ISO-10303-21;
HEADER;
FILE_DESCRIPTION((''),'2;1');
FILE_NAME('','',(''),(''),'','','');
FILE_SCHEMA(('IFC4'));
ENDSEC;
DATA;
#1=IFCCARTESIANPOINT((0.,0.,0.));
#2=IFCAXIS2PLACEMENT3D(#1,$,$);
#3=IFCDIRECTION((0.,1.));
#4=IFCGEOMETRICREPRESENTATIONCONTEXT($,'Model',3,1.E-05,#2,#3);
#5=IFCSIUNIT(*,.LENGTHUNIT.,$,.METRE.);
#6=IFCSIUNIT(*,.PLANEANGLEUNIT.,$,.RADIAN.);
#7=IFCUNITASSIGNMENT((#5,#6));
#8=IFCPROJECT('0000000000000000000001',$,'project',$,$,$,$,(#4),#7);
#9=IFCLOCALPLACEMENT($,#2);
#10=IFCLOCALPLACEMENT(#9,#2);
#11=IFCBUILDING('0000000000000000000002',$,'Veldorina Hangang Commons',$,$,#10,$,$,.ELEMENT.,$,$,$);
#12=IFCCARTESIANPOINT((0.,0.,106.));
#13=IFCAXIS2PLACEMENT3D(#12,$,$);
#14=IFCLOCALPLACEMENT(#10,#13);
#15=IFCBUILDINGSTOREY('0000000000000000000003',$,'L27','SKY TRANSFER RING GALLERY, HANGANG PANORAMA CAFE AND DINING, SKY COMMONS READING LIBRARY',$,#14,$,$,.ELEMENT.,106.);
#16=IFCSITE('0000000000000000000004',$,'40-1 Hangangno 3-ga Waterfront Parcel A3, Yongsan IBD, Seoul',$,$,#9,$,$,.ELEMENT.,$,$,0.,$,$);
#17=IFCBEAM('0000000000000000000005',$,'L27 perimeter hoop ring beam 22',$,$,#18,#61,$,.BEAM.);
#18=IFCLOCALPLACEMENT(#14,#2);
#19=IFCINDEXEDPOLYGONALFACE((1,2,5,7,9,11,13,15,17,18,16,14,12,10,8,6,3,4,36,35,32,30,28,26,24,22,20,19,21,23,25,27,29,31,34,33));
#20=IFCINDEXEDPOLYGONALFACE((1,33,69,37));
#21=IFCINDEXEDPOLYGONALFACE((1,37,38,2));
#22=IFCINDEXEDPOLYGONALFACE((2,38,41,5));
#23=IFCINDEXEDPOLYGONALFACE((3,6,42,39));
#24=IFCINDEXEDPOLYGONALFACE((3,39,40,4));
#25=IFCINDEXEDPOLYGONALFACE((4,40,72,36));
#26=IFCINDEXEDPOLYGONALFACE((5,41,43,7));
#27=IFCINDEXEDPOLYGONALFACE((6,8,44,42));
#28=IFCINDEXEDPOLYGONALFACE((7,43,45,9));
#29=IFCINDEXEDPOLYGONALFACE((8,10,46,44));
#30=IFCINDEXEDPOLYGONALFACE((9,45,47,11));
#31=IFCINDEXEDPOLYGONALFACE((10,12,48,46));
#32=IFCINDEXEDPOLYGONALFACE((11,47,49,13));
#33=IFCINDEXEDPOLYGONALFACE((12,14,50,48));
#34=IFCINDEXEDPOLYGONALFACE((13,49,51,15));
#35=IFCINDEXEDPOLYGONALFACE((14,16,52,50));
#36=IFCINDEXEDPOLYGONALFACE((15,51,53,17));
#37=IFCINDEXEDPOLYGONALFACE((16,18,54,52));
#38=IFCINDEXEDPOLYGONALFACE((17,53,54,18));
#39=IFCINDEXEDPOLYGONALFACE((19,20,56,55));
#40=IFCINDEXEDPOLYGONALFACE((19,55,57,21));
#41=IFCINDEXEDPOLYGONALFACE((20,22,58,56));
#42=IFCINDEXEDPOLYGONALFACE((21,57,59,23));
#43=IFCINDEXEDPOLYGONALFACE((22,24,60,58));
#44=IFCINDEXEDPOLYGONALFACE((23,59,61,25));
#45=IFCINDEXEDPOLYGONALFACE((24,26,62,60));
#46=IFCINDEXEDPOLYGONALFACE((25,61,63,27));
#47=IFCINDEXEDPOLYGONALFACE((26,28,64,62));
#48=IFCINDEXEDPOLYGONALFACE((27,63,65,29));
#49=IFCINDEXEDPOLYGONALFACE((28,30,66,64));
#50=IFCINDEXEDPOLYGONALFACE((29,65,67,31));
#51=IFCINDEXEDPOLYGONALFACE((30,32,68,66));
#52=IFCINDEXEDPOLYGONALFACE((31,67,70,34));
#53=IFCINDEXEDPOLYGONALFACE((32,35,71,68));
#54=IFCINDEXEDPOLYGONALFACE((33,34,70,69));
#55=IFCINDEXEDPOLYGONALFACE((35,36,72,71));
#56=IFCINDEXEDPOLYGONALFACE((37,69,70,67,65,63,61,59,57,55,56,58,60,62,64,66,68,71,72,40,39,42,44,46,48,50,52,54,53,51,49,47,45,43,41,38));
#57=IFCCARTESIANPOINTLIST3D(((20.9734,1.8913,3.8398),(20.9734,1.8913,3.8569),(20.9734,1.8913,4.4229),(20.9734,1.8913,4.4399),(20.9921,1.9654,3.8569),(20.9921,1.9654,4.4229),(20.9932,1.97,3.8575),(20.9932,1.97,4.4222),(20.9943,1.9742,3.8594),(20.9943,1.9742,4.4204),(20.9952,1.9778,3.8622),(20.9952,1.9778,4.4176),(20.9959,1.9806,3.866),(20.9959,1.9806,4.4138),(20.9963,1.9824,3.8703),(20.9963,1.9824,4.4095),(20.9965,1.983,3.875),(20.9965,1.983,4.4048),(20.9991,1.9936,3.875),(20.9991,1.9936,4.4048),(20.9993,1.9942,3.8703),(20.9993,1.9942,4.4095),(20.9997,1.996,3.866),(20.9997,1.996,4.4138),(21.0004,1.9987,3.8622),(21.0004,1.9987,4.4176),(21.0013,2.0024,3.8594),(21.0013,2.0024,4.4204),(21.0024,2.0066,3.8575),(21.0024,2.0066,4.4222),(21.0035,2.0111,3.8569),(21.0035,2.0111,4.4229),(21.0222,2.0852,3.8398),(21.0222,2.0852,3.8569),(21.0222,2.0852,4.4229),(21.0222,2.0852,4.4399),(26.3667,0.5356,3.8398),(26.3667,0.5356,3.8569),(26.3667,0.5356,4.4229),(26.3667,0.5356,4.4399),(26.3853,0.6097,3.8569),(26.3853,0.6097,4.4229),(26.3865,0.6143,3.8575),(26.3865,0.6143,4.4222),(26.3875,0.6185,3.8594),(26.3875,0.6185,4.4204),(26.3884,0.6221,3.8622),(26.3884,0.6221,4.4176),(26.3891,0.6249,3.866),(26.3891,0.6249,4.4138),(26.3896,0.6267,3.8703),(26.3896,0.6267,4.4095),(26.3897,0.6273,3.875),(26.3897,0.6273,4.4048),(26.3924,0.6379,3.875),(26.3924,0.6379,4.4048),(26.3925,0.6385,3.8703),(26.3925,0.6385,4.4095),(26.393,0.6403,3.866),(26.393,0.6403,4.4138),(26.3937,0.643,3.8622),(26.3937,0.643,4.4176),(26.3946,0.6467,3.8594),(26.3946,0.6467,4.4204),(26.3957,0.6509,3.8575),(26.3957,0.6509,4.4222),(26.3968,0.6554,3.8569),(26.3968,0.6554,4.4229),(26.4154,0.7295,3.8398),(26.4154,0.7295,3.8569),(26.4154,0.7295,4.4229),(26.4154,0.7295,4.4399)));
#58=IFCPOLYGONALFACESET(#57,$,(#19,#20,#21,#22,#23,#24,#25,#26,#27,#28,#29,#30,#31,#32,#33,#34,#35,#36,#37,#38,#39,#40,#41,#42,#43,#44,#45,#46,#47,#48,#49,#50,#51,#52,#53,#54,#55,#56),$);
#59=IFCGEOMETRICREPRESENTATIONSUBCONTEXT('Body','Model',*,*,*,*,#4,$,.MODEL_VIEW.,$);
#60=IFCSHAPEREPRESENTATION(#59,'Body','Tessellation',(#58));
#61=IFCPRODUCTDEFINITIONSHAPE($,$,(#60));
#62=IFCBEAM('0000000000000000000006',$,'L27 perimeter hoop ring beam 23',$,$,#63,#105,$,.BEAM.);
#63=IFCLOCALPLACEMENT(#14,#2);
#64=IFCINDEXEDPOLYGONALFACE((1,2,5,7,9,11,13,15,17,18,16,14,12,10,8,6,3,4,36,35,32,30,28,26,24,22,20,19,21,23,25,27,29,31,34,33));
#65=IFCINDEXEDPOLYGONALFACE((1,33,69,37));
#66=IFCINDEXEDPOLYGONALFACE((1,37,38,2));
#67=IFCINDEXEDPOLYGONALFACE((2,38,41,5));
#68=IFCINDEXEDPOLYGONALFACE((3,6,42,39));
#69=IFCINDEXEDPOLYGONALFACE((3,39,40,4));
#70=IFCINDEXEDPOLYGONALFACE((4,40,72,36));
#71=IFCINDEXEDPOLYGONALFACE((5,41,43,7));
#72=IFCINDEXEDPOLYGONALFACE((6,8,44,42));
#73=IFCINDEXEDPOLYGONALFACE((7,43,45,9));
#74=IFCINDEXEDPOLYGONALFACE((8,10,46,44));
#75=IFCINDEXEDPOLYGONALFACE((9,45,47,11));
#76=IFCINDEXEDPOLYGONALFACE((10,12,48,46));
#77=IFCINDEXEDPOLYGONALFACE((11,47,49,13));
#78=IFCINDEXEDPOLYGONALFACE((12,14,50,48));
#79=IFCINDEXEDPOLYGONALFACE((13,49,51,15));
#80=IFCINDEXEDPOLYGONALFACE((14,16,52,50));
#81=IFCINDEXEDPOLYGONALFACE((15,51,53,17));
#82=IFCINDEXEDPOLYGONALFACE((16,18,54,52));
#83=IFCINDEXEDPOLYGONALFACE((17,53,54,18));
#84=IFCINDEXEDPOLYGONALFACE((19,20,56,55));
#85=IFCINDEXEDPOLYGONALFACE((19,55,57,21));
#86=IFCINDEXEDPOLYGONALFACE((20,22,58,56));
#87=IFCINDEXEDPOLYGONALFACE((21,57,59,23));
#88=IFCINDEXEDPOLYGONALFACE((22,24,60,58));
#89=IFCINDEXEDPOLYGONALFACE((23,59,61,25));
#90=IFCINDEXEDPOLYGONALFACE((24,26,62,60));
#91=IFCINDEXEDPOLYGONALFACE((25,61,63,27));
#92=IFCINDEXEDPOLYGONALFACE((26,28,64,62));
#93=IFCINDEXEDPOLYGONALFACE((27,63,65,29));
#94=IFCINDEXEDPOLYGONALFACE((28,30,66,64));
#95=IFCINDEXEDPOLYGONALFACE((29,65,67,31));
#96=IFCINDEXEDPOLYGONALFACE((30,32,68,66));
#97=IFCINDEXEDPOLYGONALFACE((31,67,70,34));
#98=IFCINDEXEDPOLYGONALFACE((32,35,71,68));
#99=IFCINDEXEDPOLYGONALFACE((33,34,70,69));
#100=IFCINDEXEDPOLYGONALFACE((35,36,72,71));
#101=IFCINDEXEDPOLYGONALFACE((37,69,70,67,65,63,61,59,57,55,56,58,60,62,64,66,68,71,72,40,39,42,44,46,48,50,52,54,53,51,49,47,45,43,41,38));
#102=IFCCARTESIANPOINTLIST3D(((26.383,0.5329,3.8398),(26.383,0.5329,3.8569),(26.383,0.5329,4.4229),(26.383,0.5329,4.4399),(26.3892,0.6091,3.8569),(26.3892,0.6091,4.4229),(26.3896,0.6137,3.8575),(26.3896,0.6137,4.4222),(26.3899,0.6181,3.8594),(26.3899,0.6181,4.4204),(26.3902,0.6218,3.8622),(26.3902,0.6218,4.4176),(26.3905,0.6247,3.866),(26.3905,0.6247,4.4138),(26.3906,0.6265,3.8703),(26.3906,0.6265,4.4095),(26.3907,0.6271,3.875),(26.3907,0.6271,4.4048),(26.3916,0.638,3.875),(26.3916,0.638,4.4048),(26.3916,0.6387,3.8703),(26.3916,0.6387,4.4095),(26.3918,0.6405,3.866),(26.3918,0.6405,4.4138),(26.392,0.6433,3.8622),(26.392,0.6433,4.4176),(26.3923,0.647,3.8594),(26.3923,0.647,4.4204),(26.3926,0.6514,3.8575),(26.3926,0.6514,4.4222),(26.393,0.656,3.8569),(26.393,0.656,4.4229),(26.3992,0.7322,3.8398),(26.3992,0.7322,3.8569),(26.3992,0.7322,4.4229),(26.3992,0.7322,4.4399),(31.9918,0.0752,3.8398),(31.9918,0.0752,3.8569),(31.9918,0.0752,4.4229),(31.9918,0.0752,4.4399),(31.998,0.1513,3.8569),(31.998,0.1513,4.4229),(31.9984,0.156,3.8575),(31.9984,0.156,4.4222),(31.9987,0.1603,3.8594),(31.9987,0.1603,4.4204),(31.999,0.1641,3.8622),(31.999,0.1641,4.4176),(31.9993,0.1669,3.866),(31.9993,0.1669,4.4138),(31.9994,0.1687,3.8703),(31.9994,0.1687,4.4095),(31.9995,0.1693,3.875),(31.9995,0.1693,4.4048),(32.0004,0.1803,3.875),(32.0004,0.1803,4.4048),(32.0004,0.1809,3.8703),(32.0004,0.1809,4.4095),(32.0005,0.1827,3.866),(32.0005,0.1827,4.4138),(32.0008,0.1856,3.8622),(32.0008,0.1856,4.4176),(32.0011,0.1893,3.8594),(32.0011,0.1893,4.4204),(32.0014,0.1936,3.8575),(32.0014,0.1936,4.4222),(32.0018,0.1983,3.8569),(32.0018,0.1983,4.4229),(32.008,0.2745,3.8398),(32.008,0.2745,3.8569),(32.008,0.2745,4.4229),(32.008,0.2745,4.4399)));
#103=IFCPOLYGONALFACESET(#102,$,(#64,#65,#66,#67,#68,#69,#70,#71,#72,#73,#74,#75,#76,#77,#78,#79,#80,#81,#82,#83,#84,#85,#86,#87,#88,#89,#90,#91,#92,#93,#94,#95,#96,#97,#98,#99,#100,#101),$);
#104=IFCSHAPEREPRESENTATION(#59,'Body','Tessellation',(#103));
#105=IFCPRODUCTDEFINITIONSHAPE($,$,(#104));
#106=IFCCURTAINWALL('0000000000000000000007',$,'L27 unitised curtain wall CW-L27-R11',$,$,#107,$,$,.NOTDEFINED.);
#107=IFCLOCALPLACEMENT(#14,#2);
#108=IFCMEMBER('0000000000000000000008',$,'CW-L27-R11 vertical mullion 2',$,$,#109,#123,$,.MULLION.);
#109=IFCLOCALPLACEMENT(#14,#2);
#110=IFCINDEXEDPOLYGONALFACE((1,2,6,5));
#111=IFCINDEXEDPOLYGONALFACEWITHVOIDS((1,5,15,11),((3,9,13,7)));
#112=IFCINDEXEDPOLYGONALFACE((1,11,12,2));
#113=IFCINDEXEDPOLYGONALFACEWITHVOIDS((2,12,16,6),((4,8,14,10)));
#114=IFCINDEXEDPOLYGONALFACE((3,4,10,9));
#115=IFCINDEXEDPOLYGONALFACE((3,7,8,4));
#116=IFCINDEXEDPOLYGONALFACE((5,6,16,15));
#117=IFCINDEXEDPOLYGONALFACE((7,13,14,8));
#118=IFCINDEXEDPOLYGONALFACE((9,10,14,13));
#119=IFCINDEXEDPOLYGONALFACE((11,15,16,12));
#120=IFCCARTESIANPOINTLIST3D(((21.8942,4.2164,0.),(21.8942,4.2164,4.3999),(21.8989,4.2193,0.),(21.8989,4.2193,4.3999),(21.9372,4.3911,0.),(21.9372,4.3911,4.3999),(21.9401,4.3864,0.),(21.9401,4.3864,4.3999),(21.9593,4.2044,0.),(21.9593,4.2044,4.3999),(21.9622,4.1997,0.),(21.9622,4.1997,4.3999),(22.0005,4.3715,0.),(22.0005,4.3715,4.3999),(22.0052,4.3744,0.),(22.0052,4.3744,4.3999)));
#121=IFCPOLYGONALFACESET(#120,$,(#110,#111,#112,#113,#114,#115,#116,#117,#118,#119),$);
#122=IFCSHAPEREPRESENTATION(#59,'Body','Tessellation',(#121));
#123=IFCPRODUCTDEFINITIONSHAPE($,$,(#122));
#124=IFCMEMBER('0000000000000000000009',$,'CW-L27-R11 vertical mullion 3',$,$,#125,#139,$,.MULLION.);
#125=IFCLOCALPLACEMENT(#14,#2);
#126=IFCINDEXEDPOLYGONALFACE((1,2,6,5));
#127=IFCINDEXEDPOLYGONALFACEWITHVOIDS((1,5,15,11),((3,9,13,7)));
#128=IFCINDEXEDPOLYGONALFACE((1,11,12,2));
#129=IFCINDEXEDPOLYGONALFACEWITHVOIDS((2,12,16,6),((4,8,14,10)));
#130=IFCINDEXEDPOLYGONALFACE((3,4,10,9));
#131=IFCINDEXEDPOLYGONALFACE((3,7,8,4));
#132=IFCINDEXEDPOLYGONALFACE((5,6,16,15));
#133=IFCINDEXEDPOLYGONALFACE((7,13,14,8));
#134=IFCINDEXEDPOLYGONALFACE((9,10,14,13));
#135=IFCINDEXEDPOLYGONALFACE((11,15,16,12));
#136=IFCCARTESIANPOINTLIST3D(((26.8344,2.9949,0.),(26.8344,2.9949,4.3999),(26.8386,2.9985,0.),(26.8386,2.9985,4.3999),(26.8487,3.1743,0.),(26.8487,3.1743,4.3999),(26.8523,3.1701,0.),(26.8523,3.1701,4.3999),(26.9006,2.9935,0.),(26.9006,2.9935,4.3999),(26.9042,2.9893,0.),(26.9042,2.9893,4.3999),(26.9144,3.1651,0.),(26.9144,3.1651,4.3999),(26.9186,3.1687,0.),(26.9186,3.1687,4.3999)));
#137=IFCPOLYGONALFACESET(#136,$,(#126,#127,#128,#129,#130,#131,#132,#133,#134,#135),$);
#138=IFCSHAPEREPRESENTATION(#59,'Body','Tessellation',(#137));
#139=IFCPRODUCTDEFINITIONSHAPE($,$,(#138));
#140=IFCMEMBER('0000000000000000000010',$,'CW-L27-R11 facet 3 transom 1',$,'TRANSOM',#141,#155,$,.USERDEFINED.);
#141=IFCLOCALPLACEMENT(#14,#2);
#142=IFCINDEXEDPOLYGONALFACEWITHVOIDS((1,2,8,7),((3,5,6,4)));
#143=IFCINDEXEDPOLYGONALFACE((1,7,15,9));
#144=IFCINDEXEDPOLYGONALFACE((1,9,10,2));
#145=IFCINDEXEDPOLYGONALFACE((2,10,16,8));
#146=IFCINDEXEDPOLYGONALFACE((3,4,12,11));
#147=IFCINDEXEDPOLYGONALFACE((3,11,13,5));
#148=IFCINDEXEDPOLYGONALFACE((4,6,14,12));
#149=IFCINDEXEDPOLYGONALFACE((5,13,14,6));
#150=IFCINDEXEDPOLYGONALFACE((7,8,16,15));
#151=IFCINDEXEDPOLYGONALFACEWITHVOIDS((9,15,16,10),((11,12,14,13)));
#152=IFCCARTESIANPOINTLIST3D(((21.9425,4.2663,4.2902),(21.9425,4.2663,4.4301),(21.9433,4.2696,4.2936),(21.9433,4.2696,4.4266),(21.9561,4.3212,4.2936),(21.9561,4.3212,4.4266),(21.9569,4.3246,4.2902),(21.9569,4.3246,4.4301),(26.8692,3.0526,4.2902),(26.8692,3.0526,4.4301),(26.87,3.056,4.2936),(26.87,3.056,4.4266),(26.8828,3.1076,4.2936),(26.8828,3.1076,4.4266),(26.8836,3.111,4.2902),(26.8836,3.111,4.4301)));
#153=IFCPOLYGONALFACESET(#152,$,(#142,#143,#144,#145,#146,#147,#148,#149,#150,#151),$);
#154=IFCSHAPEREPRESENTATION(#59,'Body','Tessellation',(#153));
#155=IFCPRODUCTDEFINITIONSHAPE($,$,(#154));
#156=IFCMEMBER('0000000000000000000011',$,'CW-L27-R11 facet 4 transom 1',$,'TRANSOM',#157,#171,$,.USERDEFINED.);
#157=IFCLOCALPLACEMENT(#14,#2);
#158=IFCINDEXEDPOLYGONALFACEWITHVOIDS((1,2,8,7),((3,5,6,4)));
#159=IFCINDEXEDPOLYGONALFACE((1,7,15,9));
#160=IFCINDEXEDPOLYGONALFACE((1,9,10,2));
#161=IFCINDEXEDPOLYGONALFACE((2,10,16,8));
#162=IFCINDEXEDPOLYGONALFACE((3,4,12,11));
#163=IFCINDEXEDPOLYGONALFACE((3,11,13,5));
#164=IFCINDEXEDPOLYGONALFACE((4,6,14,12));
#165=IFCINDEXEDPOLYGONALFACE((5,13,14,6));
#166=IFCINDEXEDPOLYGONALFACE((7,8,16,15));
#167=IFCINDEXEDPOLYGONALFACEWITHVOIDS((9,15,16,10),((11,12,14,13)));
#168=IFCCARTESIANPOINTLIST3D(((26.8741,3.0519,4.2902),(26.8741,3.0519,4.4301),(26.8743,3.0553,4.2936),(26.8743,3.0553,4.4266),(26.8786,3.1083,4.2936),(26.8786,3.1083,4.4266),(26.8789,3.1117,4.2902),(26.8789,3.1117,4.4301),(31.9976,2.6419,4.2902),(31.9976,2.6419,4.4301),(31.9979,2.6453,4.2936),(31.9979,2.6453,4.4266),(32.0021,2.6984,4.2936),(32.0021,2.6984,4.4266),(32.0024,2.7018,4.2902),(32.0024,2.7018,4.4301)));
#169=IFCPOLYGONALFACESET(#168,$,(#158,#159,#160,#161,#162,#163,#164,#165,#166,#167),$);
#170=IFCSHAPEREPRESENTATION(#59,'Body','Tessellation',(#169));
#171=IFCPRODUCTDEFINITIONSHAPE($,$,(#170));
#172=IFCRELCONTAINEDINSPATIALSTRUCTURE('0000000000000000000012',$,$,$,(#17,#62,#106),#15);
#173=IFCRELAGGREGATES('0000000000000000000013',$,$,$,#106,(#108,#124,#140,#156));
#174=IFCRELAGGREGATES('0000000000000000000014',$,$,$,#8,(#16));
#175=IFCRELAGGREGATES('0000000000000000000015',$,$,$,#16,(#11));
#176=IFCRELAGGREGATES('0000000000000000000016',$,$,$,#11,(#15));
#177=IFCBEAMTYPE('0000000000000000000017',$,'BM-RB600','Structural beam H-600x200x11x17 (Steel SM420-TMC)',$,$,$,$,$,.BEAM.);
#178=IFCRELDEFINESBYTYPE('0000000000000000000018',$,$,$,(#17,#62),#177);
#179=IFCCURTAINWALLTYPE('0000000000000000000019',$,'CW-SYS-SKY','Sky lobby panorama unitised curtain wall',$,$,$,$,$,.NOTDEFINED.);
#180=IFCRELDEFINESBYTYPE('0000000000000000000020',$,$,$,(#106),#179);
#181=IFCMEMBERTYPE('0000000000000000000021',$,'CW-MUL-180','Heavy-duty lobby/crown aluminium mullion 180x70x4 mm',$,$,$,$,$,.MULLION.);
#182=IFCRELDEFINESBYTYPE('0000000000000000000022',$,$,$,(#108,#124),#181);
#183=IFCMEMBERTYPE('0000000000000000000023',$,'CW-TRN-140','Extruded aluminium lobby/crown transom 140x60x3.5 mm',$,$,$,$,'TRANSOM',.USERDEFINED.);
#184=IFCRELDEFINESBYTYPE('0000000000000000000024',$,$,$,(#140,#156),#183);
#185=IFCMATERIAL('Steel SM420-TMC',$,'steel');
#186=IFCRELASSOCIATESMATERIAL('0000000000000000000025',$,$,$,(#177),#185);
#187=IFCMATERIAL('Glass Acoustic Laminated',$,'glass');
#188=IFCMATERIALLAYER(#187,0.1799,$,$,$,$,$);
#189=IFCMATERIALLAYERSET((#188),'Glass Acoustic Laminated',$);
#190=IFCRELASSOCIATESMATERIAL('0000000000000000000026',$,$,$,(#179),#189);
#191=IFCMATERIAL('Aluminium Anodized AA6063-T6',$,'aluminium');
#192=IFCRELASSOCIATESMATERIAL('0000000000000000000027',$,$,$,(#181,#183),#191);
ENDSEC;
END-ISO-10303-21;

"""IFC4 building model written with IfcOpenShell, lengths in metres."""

from ifc_helpers import new_model, si_unit, direction, frame, origin, origin_2d, place, context, subcontext, project, spatial, hollow_rectangle, i_section, extrude, material, layer, layer_set, material_profile, profile_set, type_object, element, aggregate, save


model = new_model("IFC4")

# Units and contexts
model_context = context("Model", 3, precision=1e-05, world=origin(), true_north=direction((0.0, 1.0)))
body_context = subcontext(model_context, "Body", "Model", "MODEL_VIEW")
ifc_project = project(units=[si_unit("LENGTHUNIT", "METRE"), si_unit("PLANEANGLEUNIT", "RADIAN")], contexts=[model_context])

# Site, building, storey
site_placement = place(None, origin())
site = spatial("IfcSite", under=ifc_project, at=site_placement, Name="40-1 Hangangno 3-ga Waterfront Parcel A3, Yongsan IBD, Seoul", CompositionType="ELEMENT", RefElevation=0.0)
building_placement = place(site_placement, origin())
building = spatial("IfcBuilding", under=site, at=building_placement, Name="Veldorina Hangang Commons", CompositionType="ELEMENT")
storey_placement = place(building_placement, frame((0.0, 0.0, 106.0)))
storey = spatial("IfcBuildingStorey", under=building, at=storey_placement, Name="L27", Description="SKY TRANSFER RING GALLERY, HANGANG PANORAMA CAFE AND DINING, SKY COMMONS READING LIBRARY", CompositionType="ELEMENT", Elevation=106.0)

# Beams
ifc_material_1 = material(Name="Steel SM420-TMC", Category="steel")
ifc_material_profile_1 = material_profile(ifc_material_1, i_section(OverallWidth=0.2, OverallDepth=0.6001, WebThickness=0.011, FlangeThickness=0.0171, FilletRadius=0.0181, at=origin_2d()), Name="H-600x200x11x17")
ifc_profile_set_1 = profile_set([ifc_material_profile_1], Name="Steel SM420-TMC")
beam_type = type_object("IfcBeamType", Name="BM-RB600", Description="Structural beam H-600x200x11x17 (Steel SM420-TMC)", PredefinedType="BEAM", material=ifc_profile_set_1)
beam_1_placement = place(storey_placement, frame((20.9978, 1.9883, 4.1399), z_axis=(0.969829, -0.243785, 0.0), x_axis=(0.243785, 0.969829, 0.0)))
element("IfcBeam", 1, at=beam_1_placement, inside=storey, type_object=beam_type, Name="L27 perimeter hoop ring beam 22", PredefinedType="BEAM", context=body_context, shape_type="SweptSolid", body=[
    extrude(i_section(OverallWidth=0.2, OverallDepth=0.6001, WebThickness=0.011, FlangeThickness=0.0171, FilletRadius=0.0181, at=origin_2d()), origin(), (0.0, 0.0, 1.0), 5.561),
])
beam_2_placement = place(storey_placement, frame((26.3911, 0.6326, 4.1399), z_axis=(0.996686, -0.081344, 0.0), x_axis=(0.081344, 0.996686, 0.0)))
element("IfcBeam", 2, at=beam_2_placement, inside=storey, type_object=beam_type, Name="L27 perimeter hoop ring beam 23", PredefinedType="BEAM", context=body_context, shape_type="SweptSolid", body=[
    extrude(i_section(OverallWidth=0.2, OverallDepth=0.6001, WebThickness=0.011, FlangeThickness=0.0171, FilletRadius=0.0181, at=origin_2d()), origin(), (0.0, 0.0, 1.0), 5.6274),
])

# Curtain wall, members
ifc_material_2 = material(Name="Glass Acoustic Laminated", Category="glass")
ifc_layer_1 = layer(ifc_material_2, 0.1799)
ifc_layer_set_1 = layer_set([ifc_layer_1], Name="Glass Acoustic Laminated")
curtain_wall_type = type_object("IfcCurtainWallType", Name="CW-SYS-SKY", Description="Sky lobby panorama unitised curtain wall", PredefinedType="NOTDEFINED", material=ifc_layer_set_1)
curtain_wall_placement = place(storey_placement, origin())
curtain_wall = element("IfcCurtainWall", 3, at=curtain_wall_placement, inside=storey, type_object=curtain_wall_type, Name="L27 unitised curtain wall CW-L27-R11", PredefinedType="NOTDEFINED")
ifc_material_3 = material(Name="Aluminium Anodized AA6063-T6", Category="aluminium")
ifc_material_profile_2 = material_profile(ifc_material_3, hollow_rectangle(XDim=0.0701, YDim=0.1799, WallThickness=0.0039, at=origin_2d()), Name="ALU-RHS-180x70x4")
ifc_profile_set_2 = profile_set([ifc_material_profile_2], Name="Aluminium Anodized AA6063-T6")
member_type_1 = type_object("IfcMemberType", Name="CW-MUL-180", Description="Heavy-duty lobby/crown aluminium mullion 180x70x4 mm", PredefinedType="MULLION", material=ifc_profile_set_2)
member_1_placement = place(storey_placement, frame((21.9497, 4.2954, 0.0), z_axis=(0.0, 0.0, 1.0), x_axis=(0.970972, -0.239194, 0.0)))
member_1 = element("IfcMember", 4, at=member_1_placement, type_object=member_type_1, Name="CW-L27-R11 vertical mullion 2", PredefinedType="MULLION", context=body_context, shape_type="SweptSolid", body=[
    extrude(hollow_rectangle(XDim=0.0701, YDim=0.1799, WallThickness=0.0039, at=origin_2d()), origin(), (0.0, 0.0, 1.0), 4.3999),
])
member_2_placement = place(storey_placement, frame((26.8765, 3.0818, 0.0), z_axis=(0.0, 0.0, 1.0), x_axis=(0.996817, -0.079729, 0.0)))
member_2 = element("IfcMember", 5, at=member_2_placement, type_object=member_type_1, Name="CW-L27-R11 vertical mullion 3", PredefinedType="MULLION", context=body_context, shape_type="SweptSolid", body=[
    extrude(hollow_rectangle(XDim=0.0701, YDim=0.1799, WallThickness=0.0039, at=origin_2d()), origin(), (0.0, 0.0, 1.0), 4.3999),
])
ifc_material_profile_3 = material_profile(ifc_material_3, hollow_rectangle(XDim=0.0601, YDim=0.1399, WallThickness=0.0034, at=origin_2d()), Name="ALU-RHS-140x60x3.5")
ifc_profile_set_3 = profile_set([ifc_material_profile_3], Name="Aluminium Anodized AA6063-T6")
member_type_2 = type_object("IfcMemberType", Name="CW-TRN-140", Description="Extruded aluminium lobby/crown transom 140x60x3.5 mm", ElementType="TRANSOM", PredefinedType="USERDEFINED", material=ifc_profile_set_3)
member_3_placement = place(storey_placement, frame((21.9497, 4.2954, 4.3601), z_axis=(0.970974, -0.239183, 0.0), x_axis=(0.239183, 0.970974, 0.0)))
member_3 = element("IfcMember", 6, at=member_3_placement, type_object=member_type_2, Name="CW-L27-R11 facet 3 transom 1", ObjectType="TRANSOM", PredefinedType="USERDEFINED", context=body_context, shape_type="SweptSolid", body=[
    extrude(hollow_rectangle(XDim=0.0601, YDim=0.1399, WallThickness=0.0034, at=origin_2d()), origin(), (0.0, 0.0, 1.0), 5.074),
])
member_4_placement = place(storey_placement, frame((26.8765, 3.0818, 4.3601), z_axis=(0.996815, -0.079751, 0.0), x_axis=(0.079751, 0.996815, 0.0)))
member_4 = element("IfcMember", 7, at=member_4_placement, type_object=member_type_2, Name="CW-L27-R11 facet 4 transom 1", ObjectType="TRANSOM", PredefinedType="USERDEFINED", context=body_context, shape_type="SweptSolid", body=[
    extrude(hollow_rectangle(XDim=0.0601, YDim=0.1399, WallThickness=0.0034, at=origin_2d()), origin(), (0.0, 0.0, 1.0), 5.1399),
])

aggregate(curtain_wall, [member_1, member_2, member_3, member_4])

save(model, "model.ifc")
